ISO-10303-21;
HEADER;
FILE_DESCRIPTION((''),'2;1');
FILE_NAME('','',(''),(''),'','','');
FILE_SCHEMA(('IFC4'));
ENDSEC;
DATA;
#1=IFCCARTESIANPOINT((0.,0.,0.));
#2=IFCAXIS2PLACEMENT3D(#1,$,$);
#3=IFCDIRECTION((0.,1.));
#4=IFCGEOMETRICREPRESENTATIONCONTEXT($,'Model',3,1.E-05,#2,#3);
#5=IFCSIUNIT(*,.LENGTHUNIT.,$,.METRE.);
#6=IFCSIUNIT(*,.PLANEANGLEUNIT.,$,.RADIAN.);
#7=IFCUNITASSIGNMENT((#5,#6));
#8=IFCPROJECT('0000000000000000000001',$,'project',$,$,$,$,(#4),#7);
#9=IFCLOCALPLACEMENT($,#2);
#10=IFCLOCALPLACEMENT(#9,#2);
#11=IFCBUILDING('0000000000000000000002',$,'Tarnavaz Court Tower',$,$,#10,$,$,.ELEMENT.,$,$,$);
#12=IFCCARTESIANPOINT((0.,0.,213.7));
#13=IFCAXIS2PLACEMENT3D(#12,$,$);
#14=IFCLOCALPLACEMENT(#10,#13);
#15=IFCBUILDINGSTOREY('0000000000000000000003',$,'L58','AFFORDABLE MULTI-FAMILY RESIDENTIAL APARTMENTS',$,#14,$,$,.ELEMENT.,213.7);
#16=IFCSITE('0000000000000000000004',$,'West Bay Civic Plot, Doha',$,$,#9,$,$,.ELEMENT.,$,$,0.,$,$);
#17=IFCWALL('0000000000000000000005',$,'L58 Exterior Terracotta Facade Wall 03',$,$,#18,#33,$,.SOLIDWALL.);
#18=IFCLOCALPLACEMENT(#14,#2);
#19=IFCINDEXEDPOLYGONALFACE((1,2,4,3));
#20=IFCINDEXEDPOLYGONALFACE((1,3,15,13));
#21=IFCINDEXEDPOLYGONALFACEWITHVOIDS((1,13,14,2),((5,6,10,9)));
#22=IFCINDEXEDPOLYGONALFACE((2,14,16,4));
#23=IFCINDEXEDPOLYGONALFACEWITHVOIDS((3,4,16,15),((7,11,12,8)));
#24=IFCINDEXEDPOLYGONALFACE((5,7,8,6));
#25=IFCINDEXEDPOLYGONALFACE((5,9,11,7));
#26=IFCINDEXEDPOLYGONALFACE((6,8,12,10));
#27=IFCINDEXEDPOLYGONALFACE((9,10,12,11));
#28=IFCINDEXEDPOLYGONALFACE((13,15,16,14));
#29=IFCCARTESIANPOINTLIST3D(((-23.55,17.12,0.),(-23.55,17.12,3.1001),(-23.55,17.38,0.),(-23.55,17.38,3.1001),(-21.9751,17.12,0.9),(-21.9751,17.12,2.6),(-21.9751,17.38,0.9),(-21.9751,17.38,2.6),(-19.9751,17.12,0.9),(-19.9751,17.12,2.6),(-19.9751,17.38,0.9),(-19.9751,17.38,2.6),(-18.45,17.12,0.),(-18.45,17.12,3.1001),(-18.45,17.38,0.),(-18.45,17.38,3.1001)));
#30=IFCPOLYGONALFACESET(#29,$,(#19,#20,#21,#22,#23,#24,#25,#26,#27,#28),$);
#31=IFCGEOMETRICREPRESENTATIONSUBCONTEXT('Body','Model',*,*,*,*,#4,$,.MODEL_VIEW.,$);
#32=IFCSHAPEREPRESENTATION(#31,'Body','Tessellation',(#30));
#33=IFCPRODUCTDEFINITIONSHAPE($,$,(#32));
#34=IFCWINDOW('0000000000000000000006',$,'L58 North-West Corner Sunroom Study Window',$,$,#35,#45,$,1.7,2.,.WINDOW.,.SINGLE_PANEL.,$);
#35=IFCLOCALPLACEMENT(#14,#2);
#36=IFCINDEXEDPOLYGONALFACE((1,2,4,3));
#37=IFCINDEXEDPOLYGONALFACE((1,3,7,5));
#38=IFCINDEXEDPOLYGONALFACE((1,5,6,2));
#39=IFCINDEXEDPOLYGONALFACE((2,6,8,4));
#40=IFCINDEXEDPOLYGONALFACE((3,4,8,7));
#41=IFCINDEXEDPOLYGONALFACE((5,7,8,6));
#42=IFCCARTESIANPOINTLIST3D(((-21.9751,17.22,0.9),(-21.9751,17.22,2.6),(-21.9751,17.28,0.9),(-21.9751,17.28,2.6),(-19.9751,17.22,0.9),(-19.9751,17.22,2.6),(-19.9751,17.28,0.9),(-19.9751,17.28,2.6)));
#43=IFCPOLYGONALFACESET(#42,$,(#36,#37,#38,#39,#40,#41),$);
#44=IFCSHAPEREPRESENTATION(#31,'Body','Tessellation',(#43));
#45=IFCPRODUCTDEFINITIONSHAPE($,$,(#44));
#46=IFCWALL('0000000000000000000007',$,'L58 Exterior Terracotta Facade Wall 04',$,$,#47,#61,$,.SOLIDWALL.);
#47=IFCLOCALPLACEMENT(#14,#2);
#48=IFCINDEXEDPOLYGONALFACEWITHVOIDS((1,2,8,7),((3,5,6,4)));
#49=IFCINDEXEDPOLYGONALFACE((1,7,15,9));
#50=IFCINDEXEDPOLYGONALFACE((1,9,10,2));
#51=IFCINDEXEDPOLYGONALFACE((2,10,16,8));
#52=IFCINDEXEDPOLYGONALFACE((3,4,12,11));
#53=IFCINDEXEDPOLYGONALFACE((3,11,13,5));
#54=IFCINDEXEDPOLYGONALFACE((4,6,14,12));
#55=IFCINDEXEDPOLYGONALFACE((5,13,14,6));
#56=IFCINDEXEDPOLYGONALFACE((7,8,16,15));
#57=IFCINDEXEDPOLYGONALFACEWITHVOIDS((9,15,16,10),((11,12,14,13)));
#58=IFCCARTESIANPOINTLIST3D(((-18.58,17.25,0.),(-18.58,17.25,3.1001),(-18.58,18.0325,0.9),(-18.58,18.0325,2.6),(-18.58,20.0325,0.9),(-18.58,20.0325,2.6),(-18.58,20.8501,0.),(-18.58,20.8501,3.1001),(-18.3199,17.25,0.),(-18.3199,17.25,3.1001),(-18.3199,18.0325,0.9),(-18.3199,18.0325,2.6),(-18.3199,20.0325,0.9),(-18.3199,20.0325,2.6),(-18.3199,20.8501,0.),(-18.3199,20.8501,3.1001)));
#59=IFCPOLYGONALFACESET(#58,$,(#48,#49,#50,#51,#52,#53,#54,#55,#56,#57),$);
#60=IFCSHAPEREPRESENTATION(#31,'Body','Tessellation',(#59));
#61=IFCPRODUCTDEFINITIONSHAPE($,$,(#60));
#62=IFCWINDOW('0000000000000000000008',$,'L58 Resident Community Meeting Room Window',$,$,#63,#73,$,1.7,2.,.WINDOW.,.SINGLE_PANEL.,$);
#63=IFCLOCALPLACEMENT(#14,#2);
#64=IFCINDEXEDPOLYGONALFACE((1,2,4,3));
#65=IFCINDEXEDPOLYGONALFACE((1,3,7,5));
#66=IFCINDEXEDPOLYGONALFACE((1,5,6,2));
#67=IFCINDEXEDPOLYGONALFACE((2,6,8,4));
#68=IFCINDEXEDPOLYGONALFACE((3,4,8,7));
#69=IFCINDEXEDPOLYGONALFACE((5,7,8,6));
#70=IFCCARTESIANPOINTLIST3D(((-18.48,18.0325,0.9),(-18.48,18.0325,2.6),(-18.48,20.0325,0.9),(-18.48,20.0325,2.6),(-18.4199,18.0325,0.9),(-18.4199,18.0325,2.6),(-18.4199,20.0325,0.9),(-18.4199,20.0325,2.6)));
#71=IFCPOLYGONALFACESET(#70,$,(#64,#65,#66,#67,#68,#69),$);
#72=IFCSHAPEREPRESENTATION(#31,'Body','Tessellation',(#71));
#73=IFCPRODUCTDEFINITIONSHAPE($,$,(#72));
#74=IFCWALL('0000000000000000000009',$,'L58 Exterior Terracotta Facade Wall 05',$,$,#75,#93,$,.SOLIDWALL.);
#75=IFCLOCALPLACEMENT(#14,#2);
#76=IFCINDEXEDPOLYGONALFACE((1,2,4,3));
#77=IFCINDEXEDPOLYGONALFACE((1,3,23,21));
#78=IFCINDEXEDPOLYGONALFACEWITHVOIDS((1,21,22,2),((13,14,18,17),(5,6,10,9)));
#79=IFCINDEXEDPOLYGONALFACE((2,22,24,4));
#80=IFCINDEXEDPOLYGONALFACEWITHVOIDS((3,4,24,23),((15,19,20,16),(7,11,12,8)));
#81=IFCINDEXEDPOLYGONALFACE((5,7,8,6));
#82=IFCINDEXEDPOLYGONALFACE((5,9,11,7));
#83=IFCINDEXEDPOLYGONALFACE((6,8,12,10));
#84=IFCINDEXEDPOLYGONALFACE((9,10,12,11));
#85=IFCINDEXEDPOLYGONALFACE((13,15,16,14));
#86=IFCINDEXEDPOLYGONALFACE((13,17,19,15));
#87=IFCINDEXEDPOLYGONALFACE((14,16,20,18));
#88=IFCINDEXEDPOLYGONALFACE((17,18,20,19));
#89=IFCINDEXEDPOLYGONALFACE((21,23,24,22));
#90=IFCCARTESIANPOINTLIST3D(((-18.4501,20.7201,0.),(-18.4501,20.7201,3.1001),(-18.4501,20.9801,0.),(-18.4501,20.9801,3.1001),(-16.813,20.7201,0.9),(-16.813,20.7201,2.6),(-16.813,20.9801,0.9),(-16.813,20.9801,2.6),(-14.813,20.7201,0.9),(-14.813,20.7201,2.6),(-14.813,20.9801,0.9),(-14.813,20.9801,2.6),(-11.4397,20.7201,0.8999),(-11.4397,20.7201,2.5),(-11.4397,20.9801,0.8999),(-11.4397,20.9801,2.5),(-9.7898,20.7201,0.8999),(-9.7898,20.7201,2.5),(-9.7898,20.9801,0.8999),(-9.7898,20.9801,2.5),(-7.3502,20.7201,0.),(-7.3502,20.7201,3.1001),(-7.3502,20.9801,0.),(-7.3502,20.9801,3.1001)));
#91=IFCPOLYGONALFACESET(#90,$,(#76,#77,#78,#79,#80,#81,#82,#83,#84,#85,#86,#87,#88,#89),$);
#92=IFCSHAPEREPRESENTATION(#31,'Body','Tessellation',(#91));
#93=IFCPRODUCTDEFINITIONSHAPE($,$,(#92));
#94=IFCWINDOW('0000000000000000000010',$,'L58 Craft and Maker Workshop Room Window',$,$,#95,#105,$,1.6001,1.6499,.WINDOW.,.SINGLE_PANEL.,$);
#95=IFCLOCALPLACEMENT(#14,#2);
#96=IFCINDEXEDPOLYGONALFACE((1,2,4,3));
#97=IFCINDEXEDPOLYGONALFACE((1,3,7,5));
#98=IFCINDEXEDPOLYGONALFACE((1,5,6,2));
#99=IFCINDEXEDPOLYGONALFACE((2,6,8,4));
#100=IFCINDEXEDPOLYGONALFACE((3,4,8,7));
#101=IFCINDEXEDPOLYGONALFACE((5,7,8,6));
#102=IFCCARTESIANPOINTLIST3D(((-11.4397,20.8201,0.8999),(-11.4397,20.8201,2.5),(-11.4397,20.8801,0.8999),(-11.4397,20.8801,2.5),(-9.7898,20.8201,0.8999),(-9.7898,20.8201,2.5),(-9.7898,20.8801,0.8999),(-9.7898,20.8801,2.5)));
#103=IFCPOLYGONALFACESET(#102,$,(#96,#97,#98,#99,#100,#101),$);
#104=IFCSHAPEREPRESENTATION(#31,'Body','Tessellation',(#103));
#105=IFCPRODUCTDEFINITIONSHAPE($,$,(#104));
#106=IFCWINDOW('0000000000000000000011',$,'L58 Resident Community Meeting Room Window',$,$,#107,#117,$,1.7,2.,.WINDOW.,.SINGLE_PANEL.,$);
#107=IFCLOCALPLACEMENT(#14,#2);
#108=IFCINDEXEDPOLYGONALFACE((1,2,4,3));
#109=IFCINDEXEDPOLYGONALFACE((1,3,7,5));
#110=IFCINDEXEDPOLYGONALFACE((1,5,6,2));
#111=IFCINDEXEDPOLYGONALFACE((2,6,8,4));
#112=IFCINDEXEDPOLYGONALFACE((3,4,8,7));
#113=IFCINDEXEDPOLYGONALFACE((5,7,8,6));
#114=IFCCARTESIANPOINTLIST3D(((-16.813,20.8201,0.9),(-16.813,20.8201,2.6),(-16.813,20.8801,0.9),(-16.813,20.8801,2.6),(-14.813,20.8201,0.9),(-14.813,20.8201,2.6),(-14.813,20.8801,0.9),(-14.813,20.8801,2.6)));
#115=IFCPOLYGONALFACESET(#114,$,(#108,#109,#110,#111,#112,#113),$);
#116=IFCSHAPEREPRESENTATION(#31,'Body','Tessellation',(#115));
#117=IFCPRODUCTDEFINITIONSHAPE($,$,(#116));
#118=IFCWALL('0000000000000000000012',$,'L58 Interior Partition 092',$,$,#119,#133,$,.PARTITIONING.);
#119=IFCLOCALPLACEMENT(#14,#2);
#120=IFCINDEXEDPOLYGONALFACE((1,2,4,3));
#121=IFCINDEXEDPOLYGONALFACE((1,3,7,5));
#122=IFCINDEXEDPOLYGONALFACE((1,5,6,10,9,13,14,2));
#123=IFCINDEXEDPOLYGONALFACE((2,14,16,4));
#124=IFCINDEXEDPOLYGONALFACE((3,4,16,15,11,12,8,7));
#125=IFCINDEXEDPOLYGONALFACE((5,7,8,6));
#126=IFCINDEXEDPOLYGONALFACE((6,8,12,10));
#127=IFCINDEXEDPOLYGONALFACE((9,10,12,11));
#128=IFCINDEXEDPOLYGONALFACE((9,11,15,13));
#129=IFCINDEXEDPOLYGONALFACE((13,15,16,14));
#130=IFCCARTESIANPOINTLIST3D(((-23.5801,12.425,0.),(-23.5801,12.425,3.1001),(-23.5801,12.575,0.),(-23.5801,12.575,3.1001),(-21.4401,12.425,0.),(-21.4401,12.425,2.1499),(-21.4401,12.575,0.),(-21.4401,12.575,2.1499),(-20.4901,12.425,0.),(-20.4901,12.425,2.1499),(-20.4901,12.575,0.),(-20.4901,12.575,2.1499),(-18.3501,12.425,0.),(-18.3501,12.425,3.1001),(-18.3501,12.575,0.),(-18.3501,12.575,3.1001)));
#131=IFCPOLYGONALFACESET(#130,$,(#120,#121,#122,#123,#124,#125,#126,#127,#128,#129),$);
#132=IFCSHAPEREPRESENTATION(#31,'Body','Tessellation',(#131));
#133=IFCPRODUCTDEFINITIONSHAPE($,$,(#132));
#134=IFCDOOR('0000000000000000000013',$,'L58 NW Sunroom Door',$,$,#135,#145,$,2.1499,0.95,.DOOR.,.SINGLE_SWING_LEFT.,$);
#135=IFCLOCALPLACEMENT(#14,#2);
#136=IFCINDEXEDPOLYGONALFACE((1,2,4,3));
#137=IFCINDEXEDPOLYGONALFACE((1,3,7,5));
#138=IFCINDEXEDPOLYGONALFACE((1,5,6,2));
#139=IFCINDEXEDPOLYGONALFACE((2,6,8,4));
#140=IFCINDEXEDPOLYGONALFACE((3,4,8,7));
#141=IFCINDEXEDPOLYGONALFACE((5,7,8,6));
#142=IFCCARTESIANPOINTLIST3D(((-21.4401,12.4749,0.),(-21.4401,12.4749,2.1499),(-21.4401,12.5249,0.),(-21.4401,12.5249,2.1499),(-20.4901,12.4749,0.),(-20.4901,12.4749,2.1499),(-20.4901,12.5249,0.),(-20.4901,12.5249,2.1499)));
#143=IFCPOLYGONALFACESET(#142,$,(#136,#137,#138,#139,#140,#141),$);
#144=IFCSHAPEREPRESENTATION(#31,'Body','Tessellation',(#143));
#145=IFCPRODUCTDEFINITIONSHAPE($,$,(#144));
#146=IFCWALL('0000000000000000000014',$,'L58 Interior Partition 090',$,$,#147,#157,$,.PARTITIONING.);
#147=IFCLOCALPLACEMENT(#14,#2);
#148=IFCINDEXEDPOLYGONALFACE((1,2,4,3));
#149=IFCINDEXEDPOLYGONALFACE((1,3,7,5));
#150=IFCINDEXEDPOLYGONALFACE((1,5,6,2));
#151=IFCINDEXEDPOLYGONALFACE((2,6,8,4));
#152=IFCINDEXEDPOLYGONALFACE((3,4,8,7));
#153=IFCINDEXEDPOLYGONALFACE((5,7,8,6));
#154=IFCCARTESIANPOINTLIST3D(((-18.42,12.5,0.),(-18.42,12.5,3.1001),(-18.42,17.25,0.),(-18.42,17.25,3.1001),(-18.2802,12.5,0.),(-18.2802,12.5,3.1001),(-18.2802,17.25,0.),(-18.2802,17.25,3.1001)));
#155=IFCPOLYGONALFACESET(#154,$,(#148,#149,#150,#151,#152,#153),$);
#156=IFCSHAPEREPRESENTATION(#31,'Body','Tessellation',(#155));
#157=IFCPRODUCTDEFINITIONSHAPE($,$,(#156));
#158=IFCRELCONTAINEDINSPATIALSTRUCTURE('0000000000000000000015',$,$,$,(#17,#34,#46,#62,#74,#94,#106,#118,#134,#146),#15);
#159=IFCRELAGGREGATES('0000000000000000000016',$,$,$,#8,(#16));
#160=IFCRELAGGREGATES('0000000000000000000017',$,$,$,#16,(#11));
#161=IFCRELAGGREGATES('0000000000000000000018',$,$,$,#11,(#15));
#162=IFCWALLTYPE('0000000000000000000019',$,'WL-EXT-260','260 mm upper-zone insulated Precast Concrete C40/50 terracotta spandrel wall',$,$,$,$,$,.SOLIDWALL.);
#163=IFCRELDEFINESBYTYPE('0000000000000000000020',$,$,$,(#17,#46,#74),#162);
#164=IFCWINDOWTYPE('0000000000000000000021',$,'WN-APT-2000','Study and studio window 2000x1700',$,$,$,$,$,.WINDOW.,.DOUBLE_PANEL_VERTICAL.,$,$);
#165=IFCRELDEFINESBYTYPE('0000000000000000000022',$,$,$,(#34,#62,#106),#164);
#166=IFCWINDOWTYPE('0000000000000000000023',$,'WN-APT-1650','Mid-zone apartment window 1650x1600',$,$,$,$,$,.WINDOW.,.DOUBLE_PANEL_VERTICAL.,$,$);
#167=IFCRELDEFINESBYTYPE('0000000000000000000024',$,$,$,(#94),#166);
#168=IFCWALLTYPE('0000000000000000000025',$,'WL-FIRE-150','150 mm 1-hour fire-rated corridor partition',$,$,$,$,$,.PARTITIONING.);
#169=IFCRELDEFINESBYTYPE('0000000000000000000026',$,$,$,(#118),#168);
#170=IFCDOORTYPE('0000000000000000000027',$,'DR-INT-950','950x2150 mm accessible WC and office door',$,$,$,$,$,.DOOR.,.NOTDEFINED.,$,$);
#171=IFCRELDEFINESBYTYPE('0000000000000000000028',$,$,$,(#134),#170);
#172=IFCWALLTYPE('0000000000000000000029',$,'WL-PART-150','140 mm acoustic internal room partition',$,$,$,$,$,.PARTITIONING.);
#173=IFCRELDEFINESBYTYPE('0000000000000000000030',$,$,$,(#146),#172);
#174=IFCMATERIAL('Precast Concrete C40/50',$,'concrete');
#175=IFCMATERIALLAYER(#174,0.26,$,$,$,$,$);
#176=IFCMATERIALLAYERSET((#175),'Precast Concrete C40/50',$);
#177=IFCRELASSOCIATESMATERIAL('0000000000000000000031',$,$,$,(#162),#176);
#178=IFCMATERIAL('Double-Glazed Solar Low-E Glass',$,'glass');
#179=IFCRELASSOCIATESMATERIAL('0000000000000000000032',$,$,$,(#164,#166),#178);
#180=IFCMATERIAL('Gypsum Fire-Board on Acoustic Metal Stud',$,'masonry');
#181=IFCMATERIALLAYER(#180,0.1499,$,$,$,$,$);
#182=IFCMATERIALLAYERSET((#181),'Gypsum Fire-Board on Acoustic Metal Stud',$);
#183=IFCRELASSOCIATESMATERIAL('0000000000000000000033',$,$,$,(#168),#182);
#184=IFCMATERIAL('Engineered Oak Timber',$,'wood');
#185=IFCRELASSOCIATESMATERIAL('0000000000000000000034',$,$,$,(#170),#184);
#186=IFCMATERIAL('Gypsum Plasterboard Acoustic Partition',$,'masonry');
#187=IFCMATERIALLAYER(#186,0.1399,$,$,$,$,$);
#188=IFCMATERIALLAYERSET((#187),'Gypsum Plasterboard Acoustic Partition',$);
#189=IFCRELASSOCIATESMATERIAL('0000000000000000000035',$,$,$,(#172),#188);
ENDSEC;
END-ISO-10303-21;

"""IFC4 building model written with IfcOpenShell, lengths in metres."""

from ifc_helpers import new_model, si_unit, direction, frame, frame_2d, origin, place, context, subcontext, project, spatial, rectangle, extrude, material, layer, layer_set, type_object, element, fill, save


model = new_model("IFC4")

# Units and contexts
model_context = context("Model", 3, precision=1e-05, world=origin(), true_north=direction((0.0, 1.0)))
body_context = subcontext(model_context, "Body", "Model", "MODEL_VIEW")
ifc_project = project(units=[si_unit("LENGTHUNIT", "METRE"), si_unit("PLANEANGLEUNIT", "RADIAN")], contexts=[model_context])

# Site, building, storey
site_placement = place(None, origin())
site = spatial("IfcSite", under=ifc_project, at=site_placement, Name="West Bay Civic Plot, Doha", CompositionType="ELEMENT", RefElevation=0.0)
building_placement = place(site_placement, origin())
building = spatial("IfcBuilding", under=site, at=building_placement, Name="Tarnavaz Court Tower", CompositionType="ELEMENT")
storey_placement = place(building_placement, frame((0.0, 0.0, 213.7)))
storey = spatial("IfcBuildingStorey", under=building, at=storey_placement, Name="L58", Description="AFFORDABLE MULTI-FAMILY RESIDENTIAL APARTMENTS", CompositionType="ELEMENT", Elevation=213.7)

# Walls, openings, windows
ifc_material_1 = material(Name="Precast Concrete C40/50", Category="concrete")
ifc_layer_1 = layer(ifc_material_1, 0.26)
ifc_layer_set_1 = layer_set([ifc_layer_1], Name="Precast Concrete C40/50")
wall_type_1 = type_object("IfcWallType", Name="WL-EXT-260", Description="260 mm upper-zone insulated Precast Concrete C40/50 terracotta spandrel wall", PredefinedType="SOLIDWALL", material=ifc_layer_set_1)
wall_1_placement = place(storey_placement, frame((-23.55, 17.25, 0.0), z_axis=(0.0, 0.0, 1.0), x_axis=(1.0, 0.0, 0.0)))
wall_1 = element("IfcWall", 1, at=wall_1_placement, inside=storey, type_object=wall_type_1, Name="L58 Exterior Terracotta Facade Wall 03", PredefinedType="SOLIDWALL", context=body_context, shape_type="SweptSolid", body=[
    extrude(rectangle(XDim=5.1001, YDim=0.26, at=frame_2d((2.55, 0.0))), origin(), (0.0, 0.0, 1.0), 3.1001),
])
opening_1_placement = place(wall_1_placement, frame((1.575, 0.0, 0.8999)))
opening_1 = element("IfcOpeningElement", 2, at=opening_1_placement, cuts=wall_1, PredefinedType="OPENING", context=body_context, shape_type="SweptSolid", body=[
    extrude(rectangle(XDim=2.0, YDim=1.7, at=frame_2d((1.0, 0.8501))), frame((0.0, 0.1399, 0.0), z_axis=(0.0, -1.0, 0.0), x_axis=(1.0, 0.0, 0.0)), (0.0, 0.0, 1.0), 0.28),
])
ifc_material_2 = material(Name="Double-Glazed Solar Low-E Glass", Category="glass")
window_type_1 = type_object("IfcWindowType", Name="WN-APT-2000", Description="Study and studio window 2000x1700", PartitioningType="DOUBLE_PANEL_VERTICAL", PredefinedType="WINDOW", material=ifc_material_2)
window_1_placement = place(opening_1_placement, origin())
window_1 = element("IfcWindow", 3, at=window_1_placement, inside=storey, type_object=window_type_1, Name="L58 North-West Corner Sunroom Study Window", OverallHeight=1.7, OverallWidth=2.0, PartitioningType="SINGLE_PANEL", PredefinedType="WINDOW", context=body_context, shape_type="SweptSolid", body=[
    extrude(rectangle(XDim=2.0, YDim=1.7, at=frame_2d((1.0, 0.8501))), frame((0.0, 0.03, 0.0), z_axis=(0.0, -1.0, 0.0), x_axis=(1.0, 0.0, 0.0)), (0.0, 0.0, 1.0), 0.0601),
])
fill(opening_1, window_1)
wall_2_placement = place(storey_placement, frame((-18.45, 17.25, 0.0), z_axis=(0.0, 0.0, 1.0), x_axis=(0.0, 1.0, 0.0)))
wall_2 = element("IfcWall", 4, at=wall_2_placement, inside=storey, type_object=wall_type_1, Name="L58 Exterior Terracotta Facade Wall 04", PredefinedType="SOLIDWALL", context=body_context, shape_type="SweptSolid", body=[
    extrude(rectangle(XDim=3.6001, YDim=0.26, at=frame_2d((1.8, 0.0))), origin(), (0.0, 0.0, 1.0), 3.1001),
])
opening_2_placement = place(wall_2_placement, frame((0.7825, 0.0, 0.8999)))
opening_2 = element("IfcOpeningElement", 5, at=opening_2_placement, cuts=wall_2, PredefinedType="OPENING", context=body_context, shape_type="SweptSolid", body=[
    extrude(rectangle(XDim=2.0, YDim=1.7, at=frame_2d((1.0, 0.8501))), frame((0.0, 0.1399, 0.0), z_axis=(0.0, -1.0, 0.0), x_axis=(1.0, 0.0, 0.0)), (0.0, 0.0, 1.0), 0.28),
])
window_2_placement = place(opening_2_placement, origin())
window_2 = element("IfcWindow", 6, at=window_2_placement, inside=storey, type_object=window_type_1, Name="L58 Resident Community Meeting Room Window", OverallHeight=1.7, OverallWidth=2.0, PartitioningType="SINGLE_PANEL", PredefinedType="WINDOW", context=body_context, shape_type="SweptSolid", body=[
    extrude(rectangle(XDim=2.0, YDim=1.7, at=frame_2d((1.0, 0.8501))), frame((0.0, 0.03, 0.0), z_axis=(0.0, -1.0, 0.0), x_axis=(1.0, 0.0, 0.0)), (0.0, 0.0, 1.0), 0.0601),
])
fill(opening_2, window_2)

# Wall, openings, windows
wall_3_placement = place(storey_placement, frame((-18.45, 20.8501, 0.0), z_axis=(0.0, 0.0, 1.0), x_axis=(1.0, 0.0, 0.0)))
wall_3 = element("IfcWall", 7, at=wall_3_placement, inside=storey, type_object=wall_type_1, Name="L58 Exterior Terracotta Facade Wall 05", PredefinedType="SOLIDWALL", context=body_context, shape_type="SweptSolid", body=[
    extrude(rectangle(XDim=11.0999, YDim=0.26, at=frame_2d((5.5498, 0.0))), origin(), (0.0, 0.0, 1.0), 3.1001),
])
opening_3_placement = place(wall_3_placement, frame((1.637, 0.0, 0.8999)))
opening_3 = element("IfcOpeningElement", 8, at=opening_3_placement, cuts=wall_3, PredefinedType="OPENING", context=body_context, shape_type="SweptSolid", body=[
    extrude(rectangle(XDim=2.0, YDim=1.7, at=frame_2d((1.0, 0.8501))), frame((0.0, 0.1399, 0.0), z_axis=(0.0, -1.0, 0.0), x_axis=(1.0, 0.0, 0.0)), (0.0, 0.0, 1.0), 0.28),
])
opening_4_placement = place(wall_3_placement, frame((7.0103, 0.0, 0.8999)))
opening_4 = element("IfcOpeningElement", 9, at=opening_4_placement, cuts=wall_3, PredefinedType="OPENING", context=body_context, shape_type="SweptSolid", body=[
    extrude(rectangle(XDim=1.6499, YDim=1.6001, at=frame_2d((0.825, 0.8))), frame((0.0, 0.1399, 0.0), z_axis=(0.0, -1.0, 0.0), x_axis=(1.0, 0.0, 0.0)), (0.0, 0.0, 1.0), 0.28),
])
window_type_2 = type_object("IfcWindowType", Name="WN-APT-1650", Description="Mid-zone apartment window 1650x1600", PartitioningType="DOUBLE_PANEL_VERTICAL", PredefinedType="WINDOW", material=ifc_material_2)
window_3_placement = place(opening_4_placement, origin())
window_3 = element("IfcWindow", 10, at=window_3_placement, inside=storey, type_object=window_type_2, Name="L58 Craft and Maker Workshop Room Window", OverallHeight=1.6001, OverallWidth=1.6499, PartitioningType="SINGLE_PANEL", PredefinedType="WINDOW", context=body_context, shape_type="SweptSolid", body=[
    extrude(rectangle(XDim=1.6499, YDim=1.6001, at=frame_2d((0.825, 0.8))), frame((0.0, 0.03, 0.0), z_axis=(0.0, -1.0, 0.0), x_axis=(1.0, 0.0, 0.0)), (0.0, 0.0, 1.0), 0.0601),
])
fill(opening_4, window_3)
window_4_placement = place(opening_3_placement, origin())
window_4 = element("IfcWindow", 11, at=window_4_placement, inside=storey, type_object=window_type_1, Name="L58 Resident Community Meeting Room Window", OverallHeight=1.7, OverallWidth=2.0, PartitioningType="SINGLE_PANEL", PredefinedType="WINDOW", context=body_context, shape_type="SweptSolid", body=[
    extrude(rectangle(XDim=2.0, YDim=1.7, at=frame_2d((1.0, 0.8501))), frame((0.0, 0.03, 0.0), z_axis=(0.0, -1.0, 0.0), x_axis=(1.0, 0.0, 0.0)), (0.0, 0.0, 1.0), 0.0601),
])
fill(opening_3, window_4)

# Shared definitions
ifc_material_3 = material(Name="Gypsum Fire-Board on Acoustic Metal Stud", Category="masonry")
ifc_layer_2 = layer(ifc_material_3, 0.1499)
ifc_layer_set_2 = layer_set([ifc_layer_2], Name="Gypsum Fire-Board on Acoustic Metal Stud")
wall_type_2 = type_object("IfcWallType", Name="WL-FIRE-150", Description="150 mm 1-hour fire-rated corridor partition", PredefinedType="PARTITIONING", material=ifc_layer_set_2)
ifc_material_4 = material(Name="Engineered Oak Timber", Category="wood")
door_type = type_object("IfcDoorType", Name="DR-INT-950", Description="950x2150 mm accessible WC and office door", OperationType="NOTDEFINED", PredefinedType="DOOR", material=ifc_material_4)

# Wall, opening, door
wall_4_placement = place(storey_placement, frame((-23.5801, 12.5, 0.0), z_axis=(0.0, 0.0, 1.0), x_axis=(1.0, 0.0, 0.0)))
wall_4 = element("IfcWall", 12, at=wall_4_placement, inside=storey, type_object=wall_type_2, Name="L58 Interior Partition 092", PredefinedType="PARTITIONING", context=body_context, shape_type="SweptSolid", body=[
    extrude(rectangle(XDim=5.23, YDim=0.1499, at=frame_2d((2.615, 0.0))), origin(), (0.0, 0.0, 1.0), 3.1001),
])
opening_5_placement = place(wall_4_placement, frame((2.1399, 0.0, 0.0)))
opening_5 = element("IfcOpeningElement", 13, at=opening_5_placement, cuts=wall_4, PredefinedType="OPENING", context=body_context, shape_type="SweptSolid", body=[
    extrude(rectangle(XDim=0.95, YDim=2.1499, at=frame_2d((0.4751, 1.075))), frame((0.0, 0.085, 0.0), z_axis=(0.0, -1.0, 0.0), x_axis=(1.0, 0.0, 0.0)), (0.0, 0.0, 1.0), 0.1699),
])
door_1_placement = place(opening_5_placement, origin())
door_1 = element("IfcDoor", 14, at=door_1_placement, inside=storey, type_object=door_type, Name="L58 NW Sunroom Door", OperationType="SINGLE_SWING_LEFT", OverallHeight=2.1499, OverallWidth=0.95, PredefinedType="DOOR", context=body_context, shape_type="SweptSolid", body=[
    extrude(rectangle(XDim=0.95, YDim=2.1499, at=frame_2d((0.4751, 1.075))), frame((0.0, 0.0249, 0.0), z_axis=(0.0, -1.0, 0.0), x_axis=(1.0, 0.0, 0.0)), (0.0, 0.0, 1.0), 0.05),
])
fill(opening_5, door_1)

# Wall
ifc_material_5 = material(Name="Gypsum Plasterboard Acoustic Partition", Category="masonry")
ifc_layer_3 = layer(ifc_material_5, 0.1399)
ifc_layer_set_3 = layer_set([ifc_layer_3], Name="Gypsum Plasterboard Acoustic Partition")
wall_type_3 = type_object("IfcWallType", Name="WL-PART-150", Description="140 mm acoustic internal room partition", PredefinedType="PARTITIONING", material=ifc_layer_set_3)
wall_5_placement = place(storey_placement, frame((-18.3501, 12.5, 0.0), z_axis=(0.0, 0.0, 1.0), x_axis=(0.0, 1.0, 0.0)))
element("IfcWall", 15, at=wall_5_placement, inside=storey, type_object=wall_type_3, Name="L58 Interior Partition 090", PredefinedType="PARTITIONING", context=body_context, shape_type="SweptSolid", body=[
    extrude(rectangle(XDim=4.75, YDim=0.1399, at=frame_2d((2.375, 0.0))), origin(), (0.0, 0.0, 1.0), 3.1001),
])

save(model, "model.ifc")
